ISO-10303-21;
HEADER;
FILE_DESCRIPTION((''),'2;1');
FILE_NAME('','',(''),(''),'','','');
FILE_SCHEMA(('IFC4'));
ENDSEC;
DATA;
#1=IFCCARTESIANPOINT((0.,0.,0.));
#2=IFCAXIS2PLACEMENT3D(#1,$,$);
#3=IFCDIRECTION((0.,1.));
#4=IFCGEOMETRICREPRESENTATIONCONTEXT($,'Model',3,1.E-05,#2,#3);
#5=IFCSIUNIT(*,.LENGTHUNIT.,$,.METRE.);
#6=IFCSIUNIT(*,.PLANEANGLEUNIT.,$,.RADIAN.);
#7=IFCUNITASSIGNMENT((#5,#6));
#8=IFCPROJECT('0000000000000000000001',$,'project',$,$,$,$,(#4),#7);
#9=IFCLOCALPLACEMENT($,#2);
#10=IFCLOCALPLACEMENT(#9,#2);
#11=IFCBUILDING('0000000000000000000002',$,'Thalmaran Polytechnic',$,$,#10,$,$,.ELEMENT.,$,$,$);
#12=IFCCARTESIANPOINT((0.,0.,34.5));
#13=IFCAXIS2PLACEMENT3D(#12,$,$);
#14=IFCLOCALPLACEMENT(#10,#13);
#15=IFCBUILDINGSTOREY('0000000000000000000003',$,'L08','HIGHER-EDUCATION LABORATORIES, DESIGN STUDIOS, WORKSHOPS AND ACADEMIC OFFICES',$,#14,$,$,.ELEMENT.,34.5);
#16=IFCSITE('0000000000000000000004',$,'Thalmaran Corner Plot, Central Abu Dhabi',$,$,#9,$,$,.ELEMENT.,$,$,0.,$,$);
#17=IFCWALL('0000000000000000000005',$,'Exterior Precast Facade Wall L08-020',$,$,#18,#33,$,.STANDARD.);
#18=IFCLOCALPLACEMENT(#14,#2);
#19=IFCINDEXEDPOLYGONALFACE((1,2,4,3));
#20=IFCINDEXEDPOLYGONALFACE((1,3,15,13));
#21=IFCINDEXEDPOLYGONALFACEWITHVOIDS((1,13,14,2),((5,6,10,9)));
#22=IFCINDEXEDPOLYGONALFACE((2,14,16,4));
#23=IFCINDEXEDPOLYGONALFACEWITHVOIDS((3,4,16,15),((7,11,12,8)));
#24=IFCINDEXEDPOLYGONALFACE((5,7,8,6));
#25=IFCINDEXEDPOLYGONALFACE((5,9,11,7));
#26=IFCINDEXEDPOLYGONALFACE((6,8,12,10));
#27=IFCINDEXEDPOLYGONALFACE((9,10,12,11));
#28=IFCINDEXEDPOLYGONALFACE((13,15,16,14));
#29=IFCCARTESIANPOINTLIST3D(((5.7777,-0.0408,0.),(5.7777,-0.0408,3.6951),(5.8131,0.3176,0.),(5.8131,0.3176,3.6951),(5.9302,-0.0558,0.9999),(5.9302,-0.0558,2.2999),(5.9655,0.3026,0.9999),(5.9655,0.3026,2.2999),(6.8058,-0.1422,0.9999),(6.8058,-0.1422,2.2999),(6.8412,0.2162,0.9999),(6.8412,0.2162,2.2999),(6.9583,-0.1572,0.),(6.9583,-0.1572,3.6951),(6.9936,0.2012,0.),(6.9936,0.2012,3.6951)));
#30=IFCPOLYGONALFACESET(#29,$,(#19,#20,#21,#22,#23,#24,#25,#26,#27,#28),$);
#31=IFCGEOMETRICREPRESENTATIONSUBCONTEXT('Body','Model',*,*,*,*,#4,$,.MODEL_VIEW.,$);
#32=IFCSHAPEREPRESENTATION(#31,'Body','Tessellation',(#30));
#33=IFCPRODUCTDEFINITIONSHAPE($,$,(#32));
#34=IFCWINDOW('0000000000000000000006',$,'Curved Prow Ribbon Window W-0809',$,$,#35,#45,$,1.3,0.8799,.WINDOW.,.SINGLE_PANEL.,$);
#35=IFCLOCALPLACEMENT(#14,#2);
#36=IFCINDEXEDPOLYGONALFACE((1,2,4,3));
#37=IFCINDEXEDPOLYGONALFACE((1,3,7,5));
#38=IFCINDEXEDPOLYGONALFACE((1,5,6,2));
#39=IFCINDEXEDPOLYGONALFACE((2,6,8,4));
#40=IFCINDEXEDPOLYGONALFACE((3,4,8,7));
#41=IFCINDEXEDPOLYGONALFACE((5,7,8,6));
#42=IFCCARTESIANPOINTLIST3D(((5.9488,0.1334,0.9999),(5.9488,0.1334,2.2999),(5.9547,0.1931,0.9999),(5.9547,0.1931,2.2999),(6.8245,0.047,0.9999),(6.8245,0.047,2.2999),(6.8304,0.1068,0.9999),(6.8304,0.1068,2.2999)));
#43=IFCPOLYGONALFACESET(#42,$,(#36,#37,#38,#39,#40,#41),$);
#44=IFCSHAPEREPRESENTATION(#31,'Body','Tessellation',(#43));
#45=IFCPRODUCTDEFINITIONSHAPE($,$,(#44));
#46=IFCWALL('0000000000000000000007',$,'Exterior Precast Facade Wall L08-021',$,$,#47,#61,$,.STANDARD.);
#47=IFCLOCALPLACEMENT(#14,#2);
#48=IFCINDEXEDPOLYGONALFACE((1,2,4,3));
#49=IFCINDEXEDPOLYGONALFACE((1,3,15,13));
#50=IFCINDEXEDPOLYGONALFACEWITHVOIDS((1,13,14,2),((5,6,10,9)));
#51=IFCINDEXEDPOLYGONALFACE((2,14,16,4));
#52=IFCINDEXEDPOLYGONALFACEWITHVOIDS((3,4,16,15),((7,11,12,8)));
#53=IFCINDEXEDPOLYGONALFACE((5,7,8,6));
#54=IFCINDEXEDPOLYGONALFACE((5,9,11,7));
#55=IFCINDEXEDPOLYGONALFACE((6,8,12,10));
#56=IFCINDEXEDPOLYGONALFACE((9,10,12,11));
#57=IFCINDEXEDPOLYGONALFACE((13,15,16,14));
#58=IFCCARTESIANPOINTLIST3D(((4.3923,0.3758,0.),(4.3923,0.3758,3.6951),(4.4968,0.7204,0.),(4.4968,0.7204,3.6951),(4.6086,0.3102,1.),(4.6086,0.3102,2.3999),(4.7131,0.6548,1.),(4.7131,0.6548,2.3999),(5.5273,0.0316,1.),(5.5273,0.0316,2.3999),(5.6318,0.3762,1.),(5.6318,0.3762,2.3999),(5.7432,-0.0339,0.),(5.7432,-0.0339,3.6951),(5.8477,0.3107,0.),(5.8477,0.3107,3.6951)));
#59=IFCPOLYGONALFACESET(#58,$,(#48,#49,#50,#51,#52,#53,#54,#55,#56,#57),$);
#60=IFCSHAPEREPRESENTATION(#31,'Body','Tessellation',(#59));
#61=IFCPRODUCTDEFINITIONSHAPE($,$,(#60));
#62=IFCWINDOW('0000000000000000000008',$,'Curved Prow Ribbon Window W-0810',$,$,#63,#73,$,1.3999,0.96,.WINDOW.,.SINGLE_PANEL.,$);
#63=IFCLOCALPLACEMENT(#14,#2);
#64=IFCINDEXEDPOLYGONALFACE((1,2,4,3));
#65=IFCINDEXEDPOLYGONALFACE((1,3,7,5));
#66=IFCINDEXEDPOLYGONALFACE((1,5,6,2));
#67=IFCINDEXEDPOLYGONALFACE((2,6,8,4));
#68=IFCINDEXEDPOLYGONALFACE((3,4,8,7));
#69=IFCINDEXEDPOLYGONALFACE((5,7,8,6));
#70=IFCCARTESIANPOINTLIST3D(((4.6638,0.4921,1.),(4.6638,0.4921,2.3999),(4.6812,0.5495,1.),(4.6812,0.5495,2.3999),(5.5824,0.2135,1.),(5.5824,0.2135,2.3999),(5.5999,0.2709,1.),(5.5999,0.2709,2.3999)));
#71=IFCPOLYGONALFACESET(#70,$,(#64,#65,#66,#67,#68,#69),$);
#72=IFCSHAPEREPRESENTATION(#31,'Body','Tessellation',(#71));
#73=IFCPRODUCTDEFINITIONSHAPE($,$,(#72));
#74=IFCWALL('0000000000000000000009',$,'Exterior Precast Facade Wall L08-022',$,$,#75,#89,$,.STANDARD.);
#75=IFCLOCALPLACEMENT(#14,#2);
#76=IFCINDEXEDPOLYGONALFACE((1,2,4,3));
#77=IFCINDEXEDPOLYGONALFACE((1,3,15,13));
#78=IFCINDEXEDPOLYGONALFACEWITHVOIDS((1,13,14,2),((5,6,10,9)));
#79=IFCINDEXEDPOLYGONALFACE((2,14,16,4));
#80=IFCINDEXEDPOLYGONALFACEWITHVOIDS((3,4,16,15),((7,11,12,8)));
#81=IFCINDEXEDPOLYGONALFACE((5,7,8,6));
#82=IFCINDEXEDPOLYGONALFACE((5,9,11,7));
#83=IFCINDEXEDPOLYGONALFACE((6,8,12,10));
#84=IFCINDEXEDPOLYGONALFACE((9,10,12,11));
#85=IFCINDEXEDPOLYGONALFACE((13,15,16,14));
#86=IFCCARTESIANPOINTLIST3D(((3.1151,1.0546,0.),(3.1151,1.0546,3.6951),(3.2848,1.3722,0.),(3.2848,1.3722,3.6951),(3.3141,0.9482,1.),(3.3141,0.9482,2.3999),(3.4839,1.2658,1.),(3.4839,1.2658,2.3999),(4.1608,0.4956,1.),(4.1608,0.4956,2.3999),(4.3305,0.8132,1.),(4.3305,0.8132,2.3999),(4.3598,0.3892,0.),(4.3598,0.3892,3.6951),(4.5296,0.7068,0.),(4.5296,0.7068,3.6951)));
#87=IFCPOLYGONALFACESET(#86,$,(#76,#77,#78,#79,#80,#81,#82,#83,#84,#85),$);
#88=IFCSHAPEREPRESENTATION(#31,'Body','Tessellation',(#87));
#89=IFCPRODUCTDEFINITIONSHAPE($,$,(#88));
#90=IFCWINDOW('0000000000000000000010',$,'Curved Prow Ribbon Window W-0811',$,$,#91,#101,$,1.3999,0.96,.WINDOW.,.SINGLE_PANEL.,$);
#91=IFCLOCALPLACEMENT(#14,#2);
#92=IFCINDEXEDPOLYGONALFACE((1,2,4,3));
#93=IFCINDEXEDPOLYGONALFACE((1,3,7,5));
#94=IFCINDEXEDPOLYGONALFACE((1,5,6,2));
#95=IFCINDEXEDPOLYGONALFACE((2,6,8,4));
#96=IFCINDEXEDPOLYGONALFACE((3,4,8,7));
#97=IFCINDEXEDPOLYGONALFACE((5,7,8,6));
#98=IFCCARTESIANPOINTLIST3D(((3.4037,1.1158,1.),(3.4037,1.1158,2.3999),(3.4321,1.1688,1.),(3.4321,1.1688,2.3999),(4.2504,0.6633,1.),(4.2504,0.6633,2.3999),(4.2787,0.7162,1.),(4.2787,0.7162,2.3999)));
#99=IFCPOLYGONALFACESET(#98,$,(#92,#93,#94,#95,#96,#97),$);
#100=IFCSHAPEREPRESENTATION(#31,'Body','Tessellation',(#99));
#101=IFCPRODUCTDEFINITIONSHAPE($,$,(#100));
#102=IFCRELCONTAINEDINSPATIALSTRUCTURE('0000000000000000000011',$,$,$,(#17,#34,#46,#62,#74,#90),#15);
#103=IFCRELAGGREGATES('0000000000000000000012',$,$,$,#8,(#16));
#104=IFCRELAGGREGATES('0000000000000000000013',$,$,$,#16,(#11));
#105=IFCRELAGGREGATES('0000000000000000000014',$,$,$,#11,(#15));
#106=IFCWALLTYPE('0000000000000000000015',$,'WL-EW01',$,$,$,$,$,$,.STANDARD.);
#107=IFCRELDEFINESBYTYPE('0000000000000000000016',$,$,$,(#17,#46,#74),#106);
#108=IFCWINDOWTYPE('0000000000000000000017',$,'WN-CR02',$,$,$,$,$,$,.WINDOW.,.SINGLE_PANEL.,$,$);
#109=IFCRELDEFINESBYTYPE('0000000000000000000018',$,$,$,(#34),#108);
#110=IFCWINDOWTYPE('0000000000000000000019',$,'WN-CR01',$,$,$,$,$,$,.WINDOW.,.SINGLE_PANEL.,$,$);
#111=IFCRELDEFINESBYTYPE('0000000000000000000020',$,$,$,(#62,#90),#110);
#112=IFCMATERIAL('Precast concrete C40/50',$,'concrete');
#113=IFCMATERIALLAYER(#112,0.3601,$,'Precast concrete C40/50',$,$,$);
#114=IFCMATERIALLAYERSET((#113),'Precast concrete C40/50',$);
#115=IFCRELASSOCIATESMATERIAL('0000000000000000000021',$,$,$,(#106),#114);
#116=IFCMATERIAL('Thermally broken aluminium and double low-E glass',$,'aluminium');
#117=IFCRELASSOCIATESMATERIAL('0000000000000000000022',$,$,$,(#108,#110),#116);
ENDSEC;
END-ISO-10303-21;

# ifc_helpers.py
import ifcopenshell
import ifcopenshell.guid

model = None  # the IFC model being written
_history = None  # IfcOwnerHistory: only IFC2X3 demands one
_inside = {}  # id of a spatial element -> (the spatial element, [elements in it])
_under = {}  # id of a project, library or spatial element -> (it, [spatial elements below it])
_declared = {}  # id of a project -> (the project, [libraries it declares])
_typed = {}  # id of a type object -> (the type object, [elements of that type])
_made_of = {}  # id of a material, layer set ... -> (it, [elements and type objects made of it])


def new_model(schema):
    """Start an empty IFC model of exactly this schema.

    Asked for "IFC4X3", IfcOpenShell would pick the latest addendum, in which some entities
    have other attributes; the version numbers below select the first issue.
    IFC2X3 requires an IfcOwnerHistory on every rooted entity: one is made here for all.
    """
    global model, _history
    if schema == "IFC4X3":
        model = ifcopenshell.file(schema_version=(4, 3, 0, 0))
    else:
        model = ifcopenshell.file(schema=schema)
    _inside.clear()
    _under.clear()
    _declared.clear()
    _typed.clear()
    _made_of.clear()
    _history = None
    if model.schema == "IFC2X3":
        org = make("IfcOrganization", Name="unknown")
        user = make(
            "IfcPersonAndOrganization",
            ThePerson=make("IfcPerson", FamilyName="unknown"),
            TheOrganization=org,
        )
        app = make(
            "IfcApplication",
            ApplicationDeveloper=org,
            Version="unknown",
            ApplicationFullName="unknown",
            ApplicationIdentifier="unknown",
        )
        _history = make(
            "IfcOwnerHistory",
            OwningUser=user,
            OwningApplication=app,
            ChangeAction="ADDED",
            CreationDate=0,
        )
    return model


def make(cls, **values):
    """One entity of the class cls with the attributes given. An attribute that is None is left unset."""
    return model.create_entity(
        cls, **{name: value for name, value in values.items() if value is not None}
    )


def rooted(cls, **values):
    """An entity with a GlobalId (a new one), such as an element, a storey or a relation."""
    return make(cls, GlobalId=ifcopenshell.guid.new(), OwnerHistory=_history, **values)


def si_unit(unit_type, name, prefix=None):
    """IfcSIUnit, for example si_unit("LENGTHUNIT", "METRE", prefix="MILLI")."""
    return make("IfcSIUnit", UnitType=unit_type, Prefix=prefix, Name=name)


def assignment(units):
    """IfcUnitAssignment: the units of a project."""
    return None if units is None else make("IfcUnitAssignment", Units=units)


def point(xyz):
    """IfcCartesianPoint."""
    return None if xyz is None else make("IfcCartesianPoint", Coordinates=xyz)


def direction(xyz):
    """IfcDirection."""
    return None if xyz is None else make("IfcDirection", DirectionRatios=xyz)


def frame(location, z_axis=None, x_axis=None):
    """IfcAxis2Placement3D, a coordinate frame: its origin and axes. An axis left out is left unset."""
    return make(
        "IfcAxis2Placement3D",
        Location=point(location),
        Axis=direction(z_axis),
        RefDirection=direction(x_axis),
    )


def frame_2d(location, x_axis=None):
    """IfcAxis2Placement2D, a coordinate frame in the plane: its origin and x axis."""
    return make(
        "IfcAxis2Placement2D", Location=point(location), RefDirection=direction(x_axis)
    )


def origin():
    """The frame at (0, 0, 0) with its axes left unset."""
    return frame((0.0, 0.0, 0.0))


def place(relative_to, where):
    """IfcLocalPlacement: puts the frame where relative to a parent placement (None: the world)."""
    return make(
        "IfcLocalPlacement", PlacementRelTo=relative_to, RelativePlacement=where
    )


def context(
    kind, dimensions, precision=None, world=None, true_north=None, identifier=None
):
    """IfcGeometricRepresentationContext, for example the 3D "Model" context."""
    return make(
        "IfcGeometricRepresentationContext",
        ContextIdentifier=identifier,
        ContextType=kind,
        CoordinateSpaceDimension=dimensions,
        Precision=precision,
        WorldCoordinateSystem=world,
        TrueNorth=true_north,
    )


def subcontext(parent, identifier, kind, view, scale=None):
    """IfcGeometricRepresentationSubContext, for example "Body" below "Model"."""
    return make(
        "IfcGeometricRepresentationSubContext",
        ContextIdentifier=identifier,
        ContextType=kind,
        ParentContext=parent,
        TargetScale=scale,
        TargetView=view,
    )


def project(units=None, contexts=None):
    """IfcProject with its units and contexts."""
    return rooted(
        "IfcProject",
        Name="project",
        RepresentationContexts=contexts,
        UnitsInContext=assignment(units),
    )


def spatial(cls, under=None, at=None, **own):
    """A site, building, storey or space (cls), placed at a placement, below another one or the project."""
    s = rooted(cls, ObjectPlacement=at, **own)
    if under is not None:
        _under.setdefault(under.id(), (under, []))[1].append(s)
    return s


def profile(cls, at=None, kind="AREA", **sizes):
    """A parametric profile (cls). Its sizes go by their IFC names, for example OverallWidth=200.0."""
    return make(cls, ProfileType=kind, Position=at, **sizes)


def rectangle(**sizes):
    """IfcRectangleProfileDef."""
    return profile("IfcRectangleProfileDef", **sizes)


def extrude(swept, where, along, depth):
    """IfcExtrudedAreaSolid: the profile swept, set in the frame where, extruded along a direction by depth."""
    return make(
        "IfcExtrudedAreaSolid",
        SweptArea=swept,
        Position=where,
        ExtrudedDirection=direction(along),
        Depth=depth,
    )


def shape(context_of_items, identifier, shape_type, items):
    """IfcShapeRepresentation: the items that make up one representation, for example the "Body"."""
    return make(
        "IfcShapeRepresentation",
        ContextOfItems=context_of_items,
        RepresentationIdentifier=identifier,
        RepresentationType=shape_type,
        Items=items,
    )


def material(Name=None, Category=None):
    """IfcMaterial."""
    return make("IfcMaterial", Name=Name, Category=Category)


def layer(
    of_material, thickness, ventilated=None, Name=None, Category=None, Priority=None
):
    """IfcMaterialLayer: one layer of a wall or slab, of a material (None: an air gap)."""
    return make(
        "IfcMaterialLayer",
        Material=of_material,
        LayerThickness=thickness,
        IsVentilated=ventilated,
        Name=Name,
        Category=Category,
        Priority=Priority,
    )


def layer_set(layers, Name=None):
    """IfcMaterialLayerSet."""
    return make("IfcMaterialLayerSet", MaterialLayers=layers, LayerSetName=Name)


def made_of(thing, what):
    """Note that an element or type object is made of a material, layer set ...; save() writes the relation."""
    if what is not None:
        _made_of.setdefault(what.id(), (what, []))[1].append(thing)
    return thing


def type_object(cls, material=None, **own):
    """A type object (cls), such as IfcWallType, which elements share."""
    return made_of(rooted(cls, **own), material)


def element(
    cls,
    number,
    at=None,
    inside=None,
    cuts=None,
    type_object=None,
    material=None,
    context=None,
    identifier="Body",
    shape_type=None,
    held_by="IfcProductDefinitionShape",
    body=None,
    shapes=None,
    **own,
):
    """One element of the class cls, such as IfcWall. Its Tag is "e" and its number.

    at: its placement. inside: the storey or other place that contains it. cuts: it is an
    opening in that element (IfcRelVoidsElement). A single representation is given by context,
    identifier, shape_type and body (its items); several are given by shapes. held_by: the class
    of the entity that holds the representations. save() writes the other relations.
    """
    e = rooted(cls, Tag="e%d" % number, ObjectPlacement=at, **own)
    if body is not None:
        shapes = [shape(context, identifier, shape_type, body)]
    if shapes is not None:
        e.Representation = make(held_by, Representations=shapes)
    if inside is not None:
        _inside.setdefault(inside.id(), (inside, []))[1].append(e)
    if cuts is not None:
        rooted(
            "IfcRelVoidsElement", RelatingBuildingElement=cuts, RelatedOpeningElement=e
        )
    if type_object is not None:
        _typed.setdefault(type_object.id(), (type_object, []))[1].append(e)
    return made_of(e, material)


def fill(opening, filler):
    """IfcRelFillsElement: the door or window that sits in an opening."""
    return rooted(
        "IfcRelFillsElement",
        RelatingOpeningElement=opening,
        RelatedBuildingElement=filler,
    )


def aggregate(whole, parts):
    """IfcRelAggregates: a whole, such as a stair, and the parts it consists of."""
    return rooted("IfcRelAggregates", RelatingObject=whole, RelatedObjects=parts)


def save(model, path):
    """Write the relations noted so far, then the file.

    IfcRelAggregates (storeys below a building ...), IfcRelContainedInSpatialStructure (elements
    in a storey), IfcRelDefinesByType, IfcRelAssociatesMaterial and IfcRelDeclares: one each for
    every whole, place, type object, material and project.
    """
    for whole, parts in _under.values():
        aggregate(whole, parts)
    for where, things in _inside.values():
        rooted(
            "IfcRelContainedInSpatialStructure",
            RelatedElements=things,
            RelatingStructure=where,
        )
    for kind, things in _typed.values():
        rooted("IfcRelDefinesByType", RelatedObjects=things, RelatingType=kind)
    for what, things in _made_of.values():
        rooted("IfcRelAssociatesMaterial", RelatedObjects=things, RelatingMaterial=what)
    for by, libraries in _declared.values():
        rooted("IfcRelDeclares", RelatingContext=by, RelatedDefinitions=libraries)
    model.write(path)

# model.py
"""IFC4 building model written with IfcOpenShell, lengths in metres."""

from ifc_helpers import new_model, si_unit, direction, frame, frame_2d, origin, place, context, subcontext, project, spatial, rectangle, extrude, material, layer, layer_set, type_object, element, fill, save


model = new_model("IFC4")

# Units and contexts
model_context = context("Model", 3, precision=1e-05, world=origin(), true_north=direction((0.0, 1.0)))
body_context = subcontext(model_context, "Body", "Model", "MODEL_VIEW")
ifc_project = project(units=[si_unit("LENGTHUNIT", "METRE"), si_unit("PLANEANGLEUNIT", "RADIAN")], contexts=[model_context])

# Site, building, storey
site_placement = place(None, origin())
site = spatial("IfcSite", under=ifc_project, at=site_placement, Name="Thalmaran Corner Plot, Central Abu Dhabi", CompositionType="ELEMENT", RefElevation=0.0)
building_placement = place(site_placement, origin())
building = spatial("IfcBuilding", under=site, at=building_placement, Name="Thalmaran Polytechnic", CompositionType="ELEMENT")
storey_placement = place(building_placement, frame((0.0, 0.0, 34.5)))
storey = spatial("IfcBuildingStorey", under=building, at=storey_placement, Name="L08", Description="HIGHER-EDUCATION LABORATORIES, DESIGN STUDIOS, WORKSHOPS AND ACADEMIC OFFICES", CompositionType="ELEMENT", Elevation=34.5)

# Walls, openings, windows
ifc_material_1 = material(Name="Precast concrete C40/50", Category="concrete")
ifc_layer_1 = layer(ifc_material_1, 0.3601, Name="Precast concrete C40/50")
ifc_layer_set_1 = layer_set([ifc_layer_1], Name="Precast concrete C40/50")
wall_type = type_object("IfcWallType", Name="WL-EW01", PredefinedType="STANDARD", material=ifc_layer_set_1)
wall_1_placement = place(storey_placement, frame((6.9761, 0.022, 0.0), z_axis=(0.0, 0.0, 1.0), x_axis=(-0.995171, 0.098159, 0.0)))
wall_1 = element("IfcWall", 1, at=wall_1_placement, inside=storey, type_object=wall_type, Name="Exterior Precast Facade Wall L08-020", PredefinedType="STANDARD", context=body_context, shape_type="SweptSolid", body=[
    extrude(rectangle(XDim=1.1863, YDim=0.3601, at=frame_2d((0.5933, 0.0))), origin(), (0.0, 0.0, 1.0), 3.6951),
])
opening_1_placement = place(wall_1_placement, frame((0.1533, 0.0, 1.0)))
opening_1 = element("IfcOpeningElement", 2, at=opening_1_placement, cuts=wall_1, PredefinedType="OPENING", context=body_context, shape_type="SweptSolid", body=[
    extrude(rectangle(XDim=0.8799, YDim=1.3, at=frame_2d((0.4399, 0.6499))), frame((0.0, 0.1899, 0.0), z_axis=(0.0, -1.0, 0.0), x_axis=(1.0, 0.0, 0.0)), (0.0, 0.0, 1.0), 0.3801),
])
ifc_material_2 = material(Name="Thermally broken aluminium and double low-E glass", Category="aluminium")
window_type_1 = type_object("IfcWindowType", Name="WN-CR02", PartitioningType="SINGLE_PANEL", PredefinedType="WINDOW", material=ifc_material_2)
window_1_placement = place(opening_1_placement, origin())
window_1 = element("IfcWindow", 3, at=window_1_placement, inside=storey, type_object=window_type_1, Name="Curved Prow Ribbon Window W-0809", OverallHeight=1.3, OverallWidth=0.8799, PartitioningType="SINGLE_PANEL", PredefinedType="WINDOW", context=body_context, shape_type="SweptSolid", body=[
    extrude(rectangle(XDim=0.8799, YDim=1.3, at=frame_2d((0.4399, 0.6499))), frame((0.0, -0.01, 0.0), z_axis=(0.0, -1.0, 0.0), x_axis=(1.0, 0.0, 0.0)), (0.0, 0.0, 1.0), 0.0601),
])
fill(opening_1, window_1)
wall_2_placement = place(storey_placement, frame((5.7954, 0.1384, 0.0), z_axis=(0.0, 0.0, 1.0), x_axis=(-0.95696, 0.290219, 0.0)))
wall_2 = element("IfcWall", 4, at=wall_2_placement, inside=storey, type_object=wall_type, Name="Exterior Precast Facade Wall L08-021", PredefinedType="STANDARD", context=body_context, shape_type="SweptSolid", body=[
    extrude(rectangle(XDim=1.4116, YDim=0.3601, at=frame_2d((0.7058, 0.0))), origin(), (0.0, 0.0, 1.0), 3.6951),
])
opening_2_placement = place(wall_2_placement, frame((0.2256, 0.0, 1.0)))
opening_2 = element("IfcOpeningElement", 5, at=opening_2_placement, cuts=wall_2, PredefinedType="OPENING", context=body_context, shape_type="SweptSolid", body=[
    extrude(rectangle(XDim=0.96, YDim=1.3999, at=frame_2d((0.48, 0.7))), frame((0.0, 0.1899, 0.0), z_axis=(0.0, -1.0, 0.0), x_axis=(1.0, 0.0, 0.0)), (0.0, 0.0, 1.0), 0.3801),
])
window_type_2 = type_object("IfcWindowType", Name="WN-CR01", PartitioningType="SINGLE_PANEL", PredefinedType="WINDOW", material=ifc_material_2)
window_2_placement = place(opening_2_placement, origin())
window_2 = element("IfcWindow", 6, at=window_2_placement, inside=storey, type_object=window_type_2, Name="Curved Prow Ribbon Window W-0810", OverallHeight=1.3999, OverallWidth=0.96, PartitioningType="SINGLE_PANEL", PredefinedType="WINDOW", context=body_context, shape_type="SweptSolid", body=[
    extrude(rectangle(XDim=0.96, YDim=1.3999, at=frame_2d((0.48, 0.7))), frame((0.0, -0.01, 0.0), z_axis=(0.0, -1.0, 0.0), x_axis=(1.0, 0.0, 0.0)), (0.0, 0.0, 1.0), 0.0601),
])
fill(opening_2, window_2)
wall_3_placement = place(storey_placement, frame((4.4446, 0.5481, 0.0), z_axis=(0.0, 0.0, 1.0), x_axis=(-0.881917, 0.471405, 0.0)))
wall_3 = element("IfcWall", 7, at=wall_3_placement, inside=storey, type_object=wall_type, Name="Exterior Precast Facade Wall L08-022", PredefinedType="STANDARD", context=body_context, shape_type="SweptSolid", body=[
    extrude(rectangle(XDim=1.4114, YDim=0.3601, at=frame_2d((0.7056, 0.0))), origin(), (0.0, 0.0, 1.0), 3.6951),
])
opening_3_placement = place(wall_3_placement, frame((0.2256, 0.0, 1.0)))
opening_3 = element("IfcOpeningElement", 8, at=opening_3_placement, cuts=wall_3, PredefinedType="OPENING", context=body_context, shape_type="SweptSolid", body=[
    extrude(rectangle(XDim=0.96, YDim=1.3999, at=frame_2d((0.48, 0.7))), frame((0.0, 0.1899, 0.0), z_axis=(0.0, -1.0, 0.0), x_axis=(1.0, 0.0, 0.0)), (0.0, 0.0, 1.0), 0.3801),
])
window_3_placement = place(opening_3_placement, origin())
window_3 = element("IfcWindow", 9, at=window_3_placement, inside=storey, type_object=window_type_2, Name="Curved Prow Ribbon Window W-0811", OverallHeight=1.3999, OverallWidth=0.96, PartitioningType="SINGLE_PANEL", PredefinedType="WINDOW", context=body_context, shape_type="SweptSolid", body=[
    extrude(rectangle(XDim=0.96, YDim=1.3999, at=frame_2d((0.48, 0.7))), frame((0.0, -0.01, 0.0), z_axis=(0.0, -1.0, 0.0), x_axis=(1.0, 0.0, 0.0)), (0.0, 0.0, 1.0), 0.0601),
])
fill(opening_3, window_3)

save(model, "model.ifc")
